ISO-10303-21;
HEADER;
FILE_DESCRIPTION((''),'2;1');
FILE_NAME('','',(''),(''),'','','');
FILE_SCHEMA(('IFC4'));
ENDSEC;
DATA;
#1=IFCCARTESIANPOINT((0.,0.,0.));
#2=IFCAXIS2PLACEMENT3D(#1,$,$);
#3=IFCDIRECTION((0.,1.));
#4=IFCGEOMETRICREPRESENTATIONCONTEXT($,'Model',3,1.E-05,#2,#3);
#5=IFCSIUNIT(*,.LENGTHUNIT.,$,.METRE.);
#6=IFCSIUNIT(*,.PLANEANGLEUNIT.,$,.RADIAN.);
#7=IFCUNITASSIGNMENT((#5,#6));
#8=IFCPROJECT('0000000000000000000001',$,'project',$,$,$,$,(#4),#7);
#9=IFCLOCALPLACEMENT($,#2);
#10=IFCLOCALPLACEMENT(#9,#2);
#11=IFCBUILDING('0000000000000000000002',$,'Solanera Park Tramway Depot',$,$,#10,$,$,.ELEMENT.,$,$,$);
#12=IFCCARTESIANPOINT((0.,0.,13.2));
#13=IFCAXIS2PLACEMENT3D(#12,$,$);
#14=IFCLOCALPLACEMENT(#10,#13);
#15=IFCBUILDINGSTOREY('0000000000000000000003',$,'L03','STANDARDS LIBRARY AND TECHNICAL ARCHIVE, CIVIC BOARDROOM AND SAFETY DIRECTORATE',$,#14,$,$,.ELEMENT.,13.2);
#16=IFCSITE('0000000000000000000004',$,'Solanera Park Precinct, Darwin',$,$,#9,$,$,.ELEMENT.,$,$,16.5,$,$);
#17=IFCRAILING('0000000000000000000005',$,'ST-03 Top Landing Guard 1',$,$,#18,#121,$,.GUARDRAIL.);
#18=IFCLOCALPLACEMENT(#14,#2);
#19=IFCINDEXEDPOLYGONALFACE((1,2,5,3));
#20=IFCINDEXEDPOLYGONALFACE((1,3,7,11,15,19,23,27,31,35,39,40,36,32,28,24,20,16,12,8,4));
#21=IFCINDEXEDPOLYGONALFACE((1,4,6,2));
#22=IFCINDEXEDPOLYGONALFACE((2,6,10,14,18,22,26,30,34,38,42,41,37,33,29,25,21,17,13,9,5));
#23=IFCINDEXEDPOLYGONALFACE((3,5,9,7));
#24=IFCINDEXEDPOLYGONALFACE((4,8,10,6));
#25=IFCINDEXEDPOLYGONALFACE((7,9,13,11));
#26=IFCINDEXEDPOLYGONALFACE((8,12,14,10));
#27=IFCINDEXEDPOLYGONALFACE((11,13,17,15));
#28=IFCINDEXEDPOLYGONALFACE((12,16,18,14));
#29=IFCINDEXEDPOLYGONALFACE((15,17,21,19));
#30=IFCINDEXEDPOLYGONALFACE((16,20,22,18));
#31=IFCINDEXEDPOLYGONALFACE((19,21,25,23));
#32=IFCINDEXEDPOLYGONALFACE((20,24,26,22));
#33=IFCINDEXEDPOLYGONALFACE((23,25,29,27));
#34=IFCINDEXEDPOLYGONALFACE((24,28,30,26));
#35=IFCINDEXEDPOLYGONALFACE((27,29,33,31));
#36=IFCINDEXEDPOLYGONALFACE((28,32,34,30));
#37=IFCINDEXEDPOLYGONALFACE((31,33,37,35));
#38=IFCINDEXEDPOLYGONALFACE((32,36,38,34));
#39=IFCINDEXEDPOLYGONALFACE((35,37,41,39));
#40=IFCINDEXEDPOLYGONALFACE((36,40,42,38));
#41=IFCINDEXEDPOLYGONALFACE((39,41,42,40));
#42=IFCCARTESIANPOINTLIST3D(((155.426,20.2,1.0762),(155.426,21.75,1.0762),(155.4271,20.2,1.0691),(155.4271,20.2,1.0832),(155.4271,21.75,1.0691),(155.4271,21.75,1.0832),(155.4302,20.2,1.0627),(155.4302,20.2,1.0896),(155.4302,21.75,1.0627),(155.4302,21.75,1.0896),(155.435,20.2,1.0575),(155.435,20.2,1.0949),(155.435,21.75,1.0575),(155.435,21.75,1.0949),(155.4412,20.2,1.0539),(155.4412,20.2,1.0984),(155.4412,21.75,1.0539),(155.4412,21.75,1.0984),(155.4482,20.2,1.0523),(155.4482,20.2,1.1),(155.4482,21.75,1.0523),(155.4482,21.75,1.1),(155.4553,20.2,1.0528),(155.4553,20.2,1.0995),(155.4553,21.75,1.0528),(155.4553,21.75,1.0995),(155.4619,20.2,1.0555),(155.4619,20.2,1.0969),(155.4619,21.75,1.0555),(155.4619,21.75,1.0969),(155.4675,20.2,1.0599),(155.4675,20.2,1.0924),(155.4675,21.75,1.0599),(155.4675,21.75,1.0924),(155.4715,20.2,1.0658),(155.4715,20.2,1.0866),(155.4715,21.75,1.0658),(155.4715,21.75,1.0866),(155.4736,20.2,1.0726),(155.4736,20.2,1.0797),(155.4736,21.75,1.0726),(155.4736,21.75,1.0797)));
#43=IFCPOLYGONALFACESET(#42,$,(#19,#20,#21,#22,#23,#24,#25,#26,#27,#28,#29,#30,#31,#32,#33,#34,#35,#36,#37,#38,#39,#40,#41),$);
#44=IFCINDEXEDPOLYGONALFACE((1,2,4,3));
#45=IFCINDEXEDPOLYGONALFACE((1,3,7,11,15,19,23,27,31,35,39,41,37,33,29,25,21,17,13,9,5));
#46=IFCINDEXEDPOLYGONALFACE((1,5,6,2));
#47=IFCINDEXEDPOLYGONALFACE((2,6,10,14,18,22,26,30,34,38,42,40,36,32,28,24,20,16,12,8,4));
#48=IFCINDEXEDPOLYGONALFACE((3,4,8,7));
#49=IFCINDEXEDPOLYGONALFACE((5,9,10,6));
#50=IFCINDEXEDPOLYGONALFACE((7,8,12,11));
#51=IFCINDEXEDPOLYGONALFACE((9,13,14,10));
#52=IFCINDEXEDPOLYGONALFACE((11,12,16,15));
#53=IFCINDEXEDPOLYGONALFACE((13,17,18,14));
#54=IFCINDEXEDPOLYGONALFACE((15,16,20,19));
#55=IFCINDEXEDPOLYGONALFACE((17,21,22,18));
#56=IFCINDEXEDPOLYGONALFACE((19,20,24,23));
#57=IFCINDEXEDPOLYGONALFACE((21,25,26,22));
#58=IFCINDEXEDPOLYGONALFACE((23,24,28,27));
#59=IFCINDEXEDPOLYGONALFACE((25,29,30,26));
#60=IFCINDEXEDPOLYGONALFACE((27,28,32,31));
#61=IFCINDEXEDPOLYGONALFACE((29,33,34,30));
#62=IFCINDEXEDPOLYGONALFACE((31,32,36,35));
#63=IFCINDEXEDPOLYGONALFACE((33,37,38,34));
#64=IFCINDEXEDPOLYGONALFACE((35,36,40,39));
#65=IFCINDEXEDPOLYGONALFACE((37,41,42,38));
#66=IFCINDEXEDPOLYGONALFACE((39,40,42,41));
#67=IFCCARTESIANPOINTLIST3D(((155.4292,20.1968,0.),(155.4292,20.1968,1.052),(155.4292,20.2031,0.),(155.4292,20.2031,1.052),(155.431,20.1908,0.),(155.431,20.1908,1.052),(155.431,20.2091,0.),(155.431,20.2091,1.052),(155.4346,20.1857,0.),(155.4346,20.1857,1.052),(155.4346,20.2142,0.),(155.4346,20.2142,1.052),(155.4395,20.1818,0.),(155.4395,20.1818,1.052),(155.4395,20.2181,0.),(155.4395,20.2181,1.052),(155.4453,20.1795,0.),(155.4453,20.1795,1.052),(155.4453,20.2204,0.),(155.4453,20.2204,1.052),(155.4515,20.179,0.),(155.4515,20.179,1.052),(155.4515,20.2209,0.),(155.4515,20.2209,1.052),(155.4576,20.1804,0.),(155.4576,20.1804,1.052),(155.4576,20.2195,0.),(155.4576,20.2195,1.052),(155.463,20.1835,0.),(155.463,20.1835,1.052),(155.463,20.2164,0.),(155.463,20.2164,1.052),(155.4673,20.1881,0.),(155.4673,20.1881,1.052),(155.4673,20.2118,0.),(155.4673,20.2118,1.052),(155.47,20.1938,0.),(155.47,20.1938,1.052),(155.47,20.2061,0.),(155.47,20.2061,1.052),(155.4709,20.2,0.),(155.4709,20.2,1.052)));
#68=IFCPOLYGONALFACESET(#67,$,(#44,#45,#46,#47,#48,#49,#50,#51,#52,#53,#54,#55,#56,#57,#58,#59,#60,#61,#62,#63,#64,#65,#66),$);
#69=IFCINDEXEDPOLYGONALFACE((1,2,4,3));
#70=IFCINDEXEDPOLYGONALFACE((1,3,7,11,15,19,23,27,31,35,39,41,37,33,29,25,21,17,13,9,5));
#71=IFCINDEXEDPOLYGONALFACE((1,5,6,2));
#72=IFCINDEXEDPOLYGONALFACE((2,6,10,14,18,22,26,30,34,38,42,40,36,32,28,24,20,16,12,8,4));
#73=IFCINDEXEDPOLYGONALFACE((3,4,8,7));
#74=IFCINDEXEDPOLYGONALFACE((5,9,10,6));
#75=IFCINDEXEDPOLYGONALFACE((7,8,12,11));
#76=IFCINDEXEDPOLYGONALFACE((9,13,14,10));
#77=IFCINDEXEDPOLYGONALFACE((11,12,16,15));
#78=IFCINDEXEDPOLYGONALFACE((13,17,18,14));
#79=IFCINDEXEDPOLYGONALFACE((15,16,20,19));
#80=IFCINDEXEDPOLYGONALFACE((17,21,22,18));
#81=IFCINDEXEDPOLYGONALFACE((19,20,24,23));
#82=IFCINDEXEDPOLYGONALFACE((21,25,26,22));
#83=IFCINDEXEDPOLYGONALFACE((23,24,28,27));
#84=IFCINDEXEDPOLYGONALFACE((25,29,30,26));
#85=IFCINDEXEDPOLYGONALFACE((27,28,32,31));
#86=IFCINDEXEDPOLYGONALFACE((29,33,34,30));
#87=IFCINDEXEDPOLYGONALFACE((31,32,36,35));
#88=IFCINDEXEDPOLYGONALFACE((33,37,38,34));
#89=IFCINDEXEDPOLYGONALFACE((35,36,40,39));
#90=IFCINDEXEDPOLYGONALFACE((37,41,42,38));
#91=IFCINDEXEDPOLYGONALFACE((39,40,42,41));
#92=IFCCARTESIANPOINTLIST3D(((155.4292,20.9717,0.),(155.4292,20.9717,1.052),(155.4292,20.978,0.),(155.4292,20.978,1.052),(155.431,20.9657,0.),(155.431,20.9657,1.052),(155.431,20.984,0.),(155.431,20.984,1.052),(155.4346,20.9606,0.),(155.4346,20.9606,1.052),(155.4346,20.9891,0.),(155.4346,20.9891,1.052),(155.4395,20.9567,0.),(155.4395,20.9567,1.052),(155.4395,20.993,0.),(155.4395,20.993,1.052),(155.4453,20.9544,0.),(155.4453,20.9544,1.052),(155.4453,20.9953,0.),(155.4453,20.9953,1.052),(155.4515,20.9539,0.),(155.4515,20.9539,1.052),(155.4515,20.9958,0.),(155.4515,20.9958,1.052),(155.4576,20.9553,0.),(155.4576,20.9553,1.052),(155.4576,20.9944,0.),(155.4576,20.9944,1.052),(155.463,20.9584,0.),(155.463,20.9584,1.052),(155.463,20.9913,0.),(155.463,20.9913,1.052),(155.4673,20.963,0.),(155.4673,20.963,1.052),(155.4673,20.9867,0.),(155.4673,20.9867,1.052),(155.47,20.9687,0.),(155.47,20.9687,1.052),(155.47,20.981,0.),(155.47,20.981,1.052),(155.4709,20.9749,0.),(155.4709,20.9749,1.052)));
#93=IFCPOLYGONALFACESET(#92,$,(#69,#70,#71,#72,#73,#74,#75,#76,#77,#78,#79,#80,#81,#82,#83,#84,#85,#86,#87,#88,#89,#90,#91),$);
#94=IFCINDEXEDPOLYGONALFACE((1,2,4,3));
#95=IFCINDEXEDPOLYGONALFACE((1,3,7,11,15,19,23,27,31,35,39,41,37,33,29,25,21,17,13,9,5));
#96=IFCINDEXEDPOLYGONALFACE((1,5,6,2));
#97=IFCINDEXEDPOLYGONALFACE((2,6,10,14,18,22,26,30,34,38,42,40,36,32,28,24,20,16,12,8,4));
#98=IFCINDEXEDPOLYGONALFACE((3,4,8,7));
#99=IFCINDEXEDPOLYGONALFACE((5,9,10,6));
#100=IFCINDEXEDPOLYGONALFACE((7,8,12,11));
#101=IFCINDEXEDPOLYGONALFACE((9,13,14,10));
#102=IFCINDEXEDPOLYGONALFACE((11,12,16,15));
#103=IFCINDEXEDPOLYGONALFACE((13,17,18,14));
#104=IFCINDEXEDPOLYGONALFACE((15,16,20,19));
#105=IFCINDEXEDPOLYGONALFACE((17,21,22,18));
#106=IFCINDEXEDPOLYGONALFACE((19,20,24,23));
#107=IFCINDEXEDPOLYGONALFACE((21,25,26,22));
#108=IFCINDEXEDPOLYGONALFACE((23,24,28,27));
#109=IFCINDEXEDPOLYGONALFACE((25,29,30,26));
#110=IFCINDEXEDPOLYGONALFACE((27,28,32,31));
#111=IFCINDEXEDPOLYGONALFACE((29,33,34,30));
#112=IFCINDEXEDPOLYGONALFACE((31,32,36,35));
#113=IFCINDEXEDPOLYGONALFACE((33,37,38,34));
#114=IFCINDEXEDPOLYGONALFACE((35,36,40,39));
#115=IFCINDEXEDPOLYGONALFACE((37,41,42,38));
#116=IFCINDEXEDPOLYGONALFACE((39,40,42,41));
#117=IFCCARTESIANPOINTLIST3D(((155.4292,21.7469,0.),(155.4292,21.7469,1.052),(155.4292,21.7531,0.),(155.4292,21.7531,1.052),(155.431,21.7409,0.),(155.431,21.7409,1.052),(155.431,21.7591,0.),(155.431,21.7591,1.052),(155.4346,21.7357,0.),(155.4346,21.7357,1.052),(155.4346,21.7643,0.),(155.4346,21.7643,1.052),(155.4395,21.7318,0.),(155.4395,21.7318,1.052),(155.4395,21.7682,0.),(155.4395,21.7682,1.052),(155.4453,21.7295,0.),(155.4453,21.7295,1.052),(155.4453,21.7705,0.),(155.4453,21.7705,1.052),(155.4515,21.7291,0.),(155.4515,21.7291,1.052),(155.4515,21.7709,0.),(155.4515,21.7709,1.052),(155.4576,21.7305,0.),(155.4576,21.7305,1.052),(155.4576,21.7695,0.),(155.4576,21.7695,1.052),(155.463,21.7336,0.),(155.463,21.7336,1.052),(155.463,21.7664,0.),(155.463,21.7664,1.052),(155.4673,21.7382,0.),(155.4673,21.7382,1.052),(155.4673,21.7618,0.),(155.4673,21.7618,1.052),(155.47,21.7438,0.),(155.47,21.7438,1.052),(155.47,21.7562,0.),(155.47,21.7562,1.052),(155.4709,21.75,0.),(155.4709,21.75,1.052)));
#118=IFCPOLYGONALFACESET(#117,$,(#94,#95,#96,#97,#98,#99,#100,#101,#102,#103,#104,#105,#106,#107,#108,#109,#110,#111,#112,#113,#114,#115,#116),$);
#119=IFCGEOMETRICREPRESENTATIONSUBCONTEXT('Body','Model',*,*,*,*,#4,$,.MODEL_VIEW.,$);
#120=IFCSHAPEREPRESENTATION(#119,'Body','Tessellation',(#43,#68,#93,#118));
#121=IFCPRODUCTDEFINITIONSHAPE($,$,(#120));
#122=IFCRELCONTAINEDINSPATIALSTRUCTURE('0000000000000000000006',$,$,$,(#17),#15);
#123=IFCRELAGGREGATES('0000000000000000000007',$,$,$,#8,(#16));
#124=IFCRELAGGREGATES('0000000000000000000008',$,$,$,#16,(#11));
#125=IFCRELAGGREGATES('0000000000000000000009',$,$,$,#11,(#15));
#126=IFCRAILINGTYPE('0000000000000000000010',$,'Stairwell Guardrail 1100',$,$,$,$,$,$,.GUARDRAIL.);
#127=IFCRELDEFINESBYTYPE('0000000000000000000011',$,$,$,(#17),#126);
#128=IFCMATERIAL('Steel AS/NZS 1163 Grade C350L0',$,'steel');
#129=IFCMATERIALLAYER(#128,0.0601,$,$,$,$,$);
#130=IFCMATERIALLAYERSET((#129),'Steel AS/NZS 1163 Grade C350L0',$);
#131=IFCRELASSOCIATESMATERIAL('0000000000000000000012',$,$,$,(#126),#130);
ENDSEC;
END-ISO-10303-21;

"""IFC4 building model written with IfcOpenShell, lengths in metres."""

from ifc_helpers import new_model, si_unit, direction, frame, origin, origin_2d, place, context, subcontext, project, spatial, circle, extrude, material, layer, layer_set, type_object, element, save


model = new_model("IFC4")

# Units and contexts
model_context = context("Model", 3, precision=1e-05, world=origin(), true_north=direction((0.0, 1.0)))
body_context = subcontext(model_context, "Body", "Model", "MODEL_VIEW")
ifc_project = project(units=[si_unit("LENGTHUNIT", "METRE"), si_unit("PLANEANGLEUNIT", "RADIAN")], contexts=[model_context])

# Site, building, storey
site_placement = place(None, origin())
site = spatial("IfcSite", under=ifc_project, at=site_placement, Name="Solanera Park Precinct, Darwin", CompositionType="ELEMENT", RefElevation=16.5)
building_placement = place(site_placement, origin())
building = spatial("IfcBuilding", under=site, at=building_placement, Name="Solanera Park Tramway Depot", CompositionType="ELEMENT")
storey_placement = place(building_placement, frame((0.0, 0.0, 13.2)))
storey = spatial("IfcBuildingStorey", under=building, at=storey_placement, Name="L03", Description="STANDARDS LIBRARY AND TECHNICAL ARCHIVE, CIVIC BOARDROOM AND SAFETY DIRECTORATE", CompositionType="ELEMENT", Elevation=13.2)

# Railing
ifc_material_1 = material(Name="Steel AS/NZS 1163 Grade C350L0", Category="steel")
ifc_layer_1 = layer(ifc_material_1, 0.0601)
ifc_layer_set_1 = layer_set([ifc_layer_1], Name="Steel AS/NZS 1163 Grade C350L0")
railing_type = type_object("IfcRailingType", Name="Stairwell Guardrail 1100", PredefinedType="GUARDRAIL", material=ifc_layer_set_1)
railing_placement = place(storey_placement, frame((155.45, 20.2, 0.0)))
element("IfcRailing", 1, at=railing_placement, inside=storey, type_object=railing_type, Name="ST-03 Top Landing Guard 1", PredefinedType="GUARDRAIL", context=body_context, shape_type="SweptSolid", body=[
    extrude(circle(Radius=0.0239, at=origin_2d()), frame((0.0, 0.0, 1.0762), z_axis=(0.0, 1.0, 0.0), x_axis=(-1.0, 0.0, 0.0)), (0.0, 0.0, 1.0), 1.55),
    extrude(circle(Radius=0.021, at=origin_2d()), origin(), (0.0, 0.0, 1.0), 1.052),
    extrude(circle(Radius=0.021, at=origin_2d()), frame((0.0, 0.7749, 0.0)), (0.0, 0.0, 1.0), 1.052),
    extrude(circle(Radius=0.021, at=origin_2d()), frame((0.0, 1.55, 0.0)), (0.0, 0.0, 1.0), 1.052),
])

save(model, "model.ifc")
